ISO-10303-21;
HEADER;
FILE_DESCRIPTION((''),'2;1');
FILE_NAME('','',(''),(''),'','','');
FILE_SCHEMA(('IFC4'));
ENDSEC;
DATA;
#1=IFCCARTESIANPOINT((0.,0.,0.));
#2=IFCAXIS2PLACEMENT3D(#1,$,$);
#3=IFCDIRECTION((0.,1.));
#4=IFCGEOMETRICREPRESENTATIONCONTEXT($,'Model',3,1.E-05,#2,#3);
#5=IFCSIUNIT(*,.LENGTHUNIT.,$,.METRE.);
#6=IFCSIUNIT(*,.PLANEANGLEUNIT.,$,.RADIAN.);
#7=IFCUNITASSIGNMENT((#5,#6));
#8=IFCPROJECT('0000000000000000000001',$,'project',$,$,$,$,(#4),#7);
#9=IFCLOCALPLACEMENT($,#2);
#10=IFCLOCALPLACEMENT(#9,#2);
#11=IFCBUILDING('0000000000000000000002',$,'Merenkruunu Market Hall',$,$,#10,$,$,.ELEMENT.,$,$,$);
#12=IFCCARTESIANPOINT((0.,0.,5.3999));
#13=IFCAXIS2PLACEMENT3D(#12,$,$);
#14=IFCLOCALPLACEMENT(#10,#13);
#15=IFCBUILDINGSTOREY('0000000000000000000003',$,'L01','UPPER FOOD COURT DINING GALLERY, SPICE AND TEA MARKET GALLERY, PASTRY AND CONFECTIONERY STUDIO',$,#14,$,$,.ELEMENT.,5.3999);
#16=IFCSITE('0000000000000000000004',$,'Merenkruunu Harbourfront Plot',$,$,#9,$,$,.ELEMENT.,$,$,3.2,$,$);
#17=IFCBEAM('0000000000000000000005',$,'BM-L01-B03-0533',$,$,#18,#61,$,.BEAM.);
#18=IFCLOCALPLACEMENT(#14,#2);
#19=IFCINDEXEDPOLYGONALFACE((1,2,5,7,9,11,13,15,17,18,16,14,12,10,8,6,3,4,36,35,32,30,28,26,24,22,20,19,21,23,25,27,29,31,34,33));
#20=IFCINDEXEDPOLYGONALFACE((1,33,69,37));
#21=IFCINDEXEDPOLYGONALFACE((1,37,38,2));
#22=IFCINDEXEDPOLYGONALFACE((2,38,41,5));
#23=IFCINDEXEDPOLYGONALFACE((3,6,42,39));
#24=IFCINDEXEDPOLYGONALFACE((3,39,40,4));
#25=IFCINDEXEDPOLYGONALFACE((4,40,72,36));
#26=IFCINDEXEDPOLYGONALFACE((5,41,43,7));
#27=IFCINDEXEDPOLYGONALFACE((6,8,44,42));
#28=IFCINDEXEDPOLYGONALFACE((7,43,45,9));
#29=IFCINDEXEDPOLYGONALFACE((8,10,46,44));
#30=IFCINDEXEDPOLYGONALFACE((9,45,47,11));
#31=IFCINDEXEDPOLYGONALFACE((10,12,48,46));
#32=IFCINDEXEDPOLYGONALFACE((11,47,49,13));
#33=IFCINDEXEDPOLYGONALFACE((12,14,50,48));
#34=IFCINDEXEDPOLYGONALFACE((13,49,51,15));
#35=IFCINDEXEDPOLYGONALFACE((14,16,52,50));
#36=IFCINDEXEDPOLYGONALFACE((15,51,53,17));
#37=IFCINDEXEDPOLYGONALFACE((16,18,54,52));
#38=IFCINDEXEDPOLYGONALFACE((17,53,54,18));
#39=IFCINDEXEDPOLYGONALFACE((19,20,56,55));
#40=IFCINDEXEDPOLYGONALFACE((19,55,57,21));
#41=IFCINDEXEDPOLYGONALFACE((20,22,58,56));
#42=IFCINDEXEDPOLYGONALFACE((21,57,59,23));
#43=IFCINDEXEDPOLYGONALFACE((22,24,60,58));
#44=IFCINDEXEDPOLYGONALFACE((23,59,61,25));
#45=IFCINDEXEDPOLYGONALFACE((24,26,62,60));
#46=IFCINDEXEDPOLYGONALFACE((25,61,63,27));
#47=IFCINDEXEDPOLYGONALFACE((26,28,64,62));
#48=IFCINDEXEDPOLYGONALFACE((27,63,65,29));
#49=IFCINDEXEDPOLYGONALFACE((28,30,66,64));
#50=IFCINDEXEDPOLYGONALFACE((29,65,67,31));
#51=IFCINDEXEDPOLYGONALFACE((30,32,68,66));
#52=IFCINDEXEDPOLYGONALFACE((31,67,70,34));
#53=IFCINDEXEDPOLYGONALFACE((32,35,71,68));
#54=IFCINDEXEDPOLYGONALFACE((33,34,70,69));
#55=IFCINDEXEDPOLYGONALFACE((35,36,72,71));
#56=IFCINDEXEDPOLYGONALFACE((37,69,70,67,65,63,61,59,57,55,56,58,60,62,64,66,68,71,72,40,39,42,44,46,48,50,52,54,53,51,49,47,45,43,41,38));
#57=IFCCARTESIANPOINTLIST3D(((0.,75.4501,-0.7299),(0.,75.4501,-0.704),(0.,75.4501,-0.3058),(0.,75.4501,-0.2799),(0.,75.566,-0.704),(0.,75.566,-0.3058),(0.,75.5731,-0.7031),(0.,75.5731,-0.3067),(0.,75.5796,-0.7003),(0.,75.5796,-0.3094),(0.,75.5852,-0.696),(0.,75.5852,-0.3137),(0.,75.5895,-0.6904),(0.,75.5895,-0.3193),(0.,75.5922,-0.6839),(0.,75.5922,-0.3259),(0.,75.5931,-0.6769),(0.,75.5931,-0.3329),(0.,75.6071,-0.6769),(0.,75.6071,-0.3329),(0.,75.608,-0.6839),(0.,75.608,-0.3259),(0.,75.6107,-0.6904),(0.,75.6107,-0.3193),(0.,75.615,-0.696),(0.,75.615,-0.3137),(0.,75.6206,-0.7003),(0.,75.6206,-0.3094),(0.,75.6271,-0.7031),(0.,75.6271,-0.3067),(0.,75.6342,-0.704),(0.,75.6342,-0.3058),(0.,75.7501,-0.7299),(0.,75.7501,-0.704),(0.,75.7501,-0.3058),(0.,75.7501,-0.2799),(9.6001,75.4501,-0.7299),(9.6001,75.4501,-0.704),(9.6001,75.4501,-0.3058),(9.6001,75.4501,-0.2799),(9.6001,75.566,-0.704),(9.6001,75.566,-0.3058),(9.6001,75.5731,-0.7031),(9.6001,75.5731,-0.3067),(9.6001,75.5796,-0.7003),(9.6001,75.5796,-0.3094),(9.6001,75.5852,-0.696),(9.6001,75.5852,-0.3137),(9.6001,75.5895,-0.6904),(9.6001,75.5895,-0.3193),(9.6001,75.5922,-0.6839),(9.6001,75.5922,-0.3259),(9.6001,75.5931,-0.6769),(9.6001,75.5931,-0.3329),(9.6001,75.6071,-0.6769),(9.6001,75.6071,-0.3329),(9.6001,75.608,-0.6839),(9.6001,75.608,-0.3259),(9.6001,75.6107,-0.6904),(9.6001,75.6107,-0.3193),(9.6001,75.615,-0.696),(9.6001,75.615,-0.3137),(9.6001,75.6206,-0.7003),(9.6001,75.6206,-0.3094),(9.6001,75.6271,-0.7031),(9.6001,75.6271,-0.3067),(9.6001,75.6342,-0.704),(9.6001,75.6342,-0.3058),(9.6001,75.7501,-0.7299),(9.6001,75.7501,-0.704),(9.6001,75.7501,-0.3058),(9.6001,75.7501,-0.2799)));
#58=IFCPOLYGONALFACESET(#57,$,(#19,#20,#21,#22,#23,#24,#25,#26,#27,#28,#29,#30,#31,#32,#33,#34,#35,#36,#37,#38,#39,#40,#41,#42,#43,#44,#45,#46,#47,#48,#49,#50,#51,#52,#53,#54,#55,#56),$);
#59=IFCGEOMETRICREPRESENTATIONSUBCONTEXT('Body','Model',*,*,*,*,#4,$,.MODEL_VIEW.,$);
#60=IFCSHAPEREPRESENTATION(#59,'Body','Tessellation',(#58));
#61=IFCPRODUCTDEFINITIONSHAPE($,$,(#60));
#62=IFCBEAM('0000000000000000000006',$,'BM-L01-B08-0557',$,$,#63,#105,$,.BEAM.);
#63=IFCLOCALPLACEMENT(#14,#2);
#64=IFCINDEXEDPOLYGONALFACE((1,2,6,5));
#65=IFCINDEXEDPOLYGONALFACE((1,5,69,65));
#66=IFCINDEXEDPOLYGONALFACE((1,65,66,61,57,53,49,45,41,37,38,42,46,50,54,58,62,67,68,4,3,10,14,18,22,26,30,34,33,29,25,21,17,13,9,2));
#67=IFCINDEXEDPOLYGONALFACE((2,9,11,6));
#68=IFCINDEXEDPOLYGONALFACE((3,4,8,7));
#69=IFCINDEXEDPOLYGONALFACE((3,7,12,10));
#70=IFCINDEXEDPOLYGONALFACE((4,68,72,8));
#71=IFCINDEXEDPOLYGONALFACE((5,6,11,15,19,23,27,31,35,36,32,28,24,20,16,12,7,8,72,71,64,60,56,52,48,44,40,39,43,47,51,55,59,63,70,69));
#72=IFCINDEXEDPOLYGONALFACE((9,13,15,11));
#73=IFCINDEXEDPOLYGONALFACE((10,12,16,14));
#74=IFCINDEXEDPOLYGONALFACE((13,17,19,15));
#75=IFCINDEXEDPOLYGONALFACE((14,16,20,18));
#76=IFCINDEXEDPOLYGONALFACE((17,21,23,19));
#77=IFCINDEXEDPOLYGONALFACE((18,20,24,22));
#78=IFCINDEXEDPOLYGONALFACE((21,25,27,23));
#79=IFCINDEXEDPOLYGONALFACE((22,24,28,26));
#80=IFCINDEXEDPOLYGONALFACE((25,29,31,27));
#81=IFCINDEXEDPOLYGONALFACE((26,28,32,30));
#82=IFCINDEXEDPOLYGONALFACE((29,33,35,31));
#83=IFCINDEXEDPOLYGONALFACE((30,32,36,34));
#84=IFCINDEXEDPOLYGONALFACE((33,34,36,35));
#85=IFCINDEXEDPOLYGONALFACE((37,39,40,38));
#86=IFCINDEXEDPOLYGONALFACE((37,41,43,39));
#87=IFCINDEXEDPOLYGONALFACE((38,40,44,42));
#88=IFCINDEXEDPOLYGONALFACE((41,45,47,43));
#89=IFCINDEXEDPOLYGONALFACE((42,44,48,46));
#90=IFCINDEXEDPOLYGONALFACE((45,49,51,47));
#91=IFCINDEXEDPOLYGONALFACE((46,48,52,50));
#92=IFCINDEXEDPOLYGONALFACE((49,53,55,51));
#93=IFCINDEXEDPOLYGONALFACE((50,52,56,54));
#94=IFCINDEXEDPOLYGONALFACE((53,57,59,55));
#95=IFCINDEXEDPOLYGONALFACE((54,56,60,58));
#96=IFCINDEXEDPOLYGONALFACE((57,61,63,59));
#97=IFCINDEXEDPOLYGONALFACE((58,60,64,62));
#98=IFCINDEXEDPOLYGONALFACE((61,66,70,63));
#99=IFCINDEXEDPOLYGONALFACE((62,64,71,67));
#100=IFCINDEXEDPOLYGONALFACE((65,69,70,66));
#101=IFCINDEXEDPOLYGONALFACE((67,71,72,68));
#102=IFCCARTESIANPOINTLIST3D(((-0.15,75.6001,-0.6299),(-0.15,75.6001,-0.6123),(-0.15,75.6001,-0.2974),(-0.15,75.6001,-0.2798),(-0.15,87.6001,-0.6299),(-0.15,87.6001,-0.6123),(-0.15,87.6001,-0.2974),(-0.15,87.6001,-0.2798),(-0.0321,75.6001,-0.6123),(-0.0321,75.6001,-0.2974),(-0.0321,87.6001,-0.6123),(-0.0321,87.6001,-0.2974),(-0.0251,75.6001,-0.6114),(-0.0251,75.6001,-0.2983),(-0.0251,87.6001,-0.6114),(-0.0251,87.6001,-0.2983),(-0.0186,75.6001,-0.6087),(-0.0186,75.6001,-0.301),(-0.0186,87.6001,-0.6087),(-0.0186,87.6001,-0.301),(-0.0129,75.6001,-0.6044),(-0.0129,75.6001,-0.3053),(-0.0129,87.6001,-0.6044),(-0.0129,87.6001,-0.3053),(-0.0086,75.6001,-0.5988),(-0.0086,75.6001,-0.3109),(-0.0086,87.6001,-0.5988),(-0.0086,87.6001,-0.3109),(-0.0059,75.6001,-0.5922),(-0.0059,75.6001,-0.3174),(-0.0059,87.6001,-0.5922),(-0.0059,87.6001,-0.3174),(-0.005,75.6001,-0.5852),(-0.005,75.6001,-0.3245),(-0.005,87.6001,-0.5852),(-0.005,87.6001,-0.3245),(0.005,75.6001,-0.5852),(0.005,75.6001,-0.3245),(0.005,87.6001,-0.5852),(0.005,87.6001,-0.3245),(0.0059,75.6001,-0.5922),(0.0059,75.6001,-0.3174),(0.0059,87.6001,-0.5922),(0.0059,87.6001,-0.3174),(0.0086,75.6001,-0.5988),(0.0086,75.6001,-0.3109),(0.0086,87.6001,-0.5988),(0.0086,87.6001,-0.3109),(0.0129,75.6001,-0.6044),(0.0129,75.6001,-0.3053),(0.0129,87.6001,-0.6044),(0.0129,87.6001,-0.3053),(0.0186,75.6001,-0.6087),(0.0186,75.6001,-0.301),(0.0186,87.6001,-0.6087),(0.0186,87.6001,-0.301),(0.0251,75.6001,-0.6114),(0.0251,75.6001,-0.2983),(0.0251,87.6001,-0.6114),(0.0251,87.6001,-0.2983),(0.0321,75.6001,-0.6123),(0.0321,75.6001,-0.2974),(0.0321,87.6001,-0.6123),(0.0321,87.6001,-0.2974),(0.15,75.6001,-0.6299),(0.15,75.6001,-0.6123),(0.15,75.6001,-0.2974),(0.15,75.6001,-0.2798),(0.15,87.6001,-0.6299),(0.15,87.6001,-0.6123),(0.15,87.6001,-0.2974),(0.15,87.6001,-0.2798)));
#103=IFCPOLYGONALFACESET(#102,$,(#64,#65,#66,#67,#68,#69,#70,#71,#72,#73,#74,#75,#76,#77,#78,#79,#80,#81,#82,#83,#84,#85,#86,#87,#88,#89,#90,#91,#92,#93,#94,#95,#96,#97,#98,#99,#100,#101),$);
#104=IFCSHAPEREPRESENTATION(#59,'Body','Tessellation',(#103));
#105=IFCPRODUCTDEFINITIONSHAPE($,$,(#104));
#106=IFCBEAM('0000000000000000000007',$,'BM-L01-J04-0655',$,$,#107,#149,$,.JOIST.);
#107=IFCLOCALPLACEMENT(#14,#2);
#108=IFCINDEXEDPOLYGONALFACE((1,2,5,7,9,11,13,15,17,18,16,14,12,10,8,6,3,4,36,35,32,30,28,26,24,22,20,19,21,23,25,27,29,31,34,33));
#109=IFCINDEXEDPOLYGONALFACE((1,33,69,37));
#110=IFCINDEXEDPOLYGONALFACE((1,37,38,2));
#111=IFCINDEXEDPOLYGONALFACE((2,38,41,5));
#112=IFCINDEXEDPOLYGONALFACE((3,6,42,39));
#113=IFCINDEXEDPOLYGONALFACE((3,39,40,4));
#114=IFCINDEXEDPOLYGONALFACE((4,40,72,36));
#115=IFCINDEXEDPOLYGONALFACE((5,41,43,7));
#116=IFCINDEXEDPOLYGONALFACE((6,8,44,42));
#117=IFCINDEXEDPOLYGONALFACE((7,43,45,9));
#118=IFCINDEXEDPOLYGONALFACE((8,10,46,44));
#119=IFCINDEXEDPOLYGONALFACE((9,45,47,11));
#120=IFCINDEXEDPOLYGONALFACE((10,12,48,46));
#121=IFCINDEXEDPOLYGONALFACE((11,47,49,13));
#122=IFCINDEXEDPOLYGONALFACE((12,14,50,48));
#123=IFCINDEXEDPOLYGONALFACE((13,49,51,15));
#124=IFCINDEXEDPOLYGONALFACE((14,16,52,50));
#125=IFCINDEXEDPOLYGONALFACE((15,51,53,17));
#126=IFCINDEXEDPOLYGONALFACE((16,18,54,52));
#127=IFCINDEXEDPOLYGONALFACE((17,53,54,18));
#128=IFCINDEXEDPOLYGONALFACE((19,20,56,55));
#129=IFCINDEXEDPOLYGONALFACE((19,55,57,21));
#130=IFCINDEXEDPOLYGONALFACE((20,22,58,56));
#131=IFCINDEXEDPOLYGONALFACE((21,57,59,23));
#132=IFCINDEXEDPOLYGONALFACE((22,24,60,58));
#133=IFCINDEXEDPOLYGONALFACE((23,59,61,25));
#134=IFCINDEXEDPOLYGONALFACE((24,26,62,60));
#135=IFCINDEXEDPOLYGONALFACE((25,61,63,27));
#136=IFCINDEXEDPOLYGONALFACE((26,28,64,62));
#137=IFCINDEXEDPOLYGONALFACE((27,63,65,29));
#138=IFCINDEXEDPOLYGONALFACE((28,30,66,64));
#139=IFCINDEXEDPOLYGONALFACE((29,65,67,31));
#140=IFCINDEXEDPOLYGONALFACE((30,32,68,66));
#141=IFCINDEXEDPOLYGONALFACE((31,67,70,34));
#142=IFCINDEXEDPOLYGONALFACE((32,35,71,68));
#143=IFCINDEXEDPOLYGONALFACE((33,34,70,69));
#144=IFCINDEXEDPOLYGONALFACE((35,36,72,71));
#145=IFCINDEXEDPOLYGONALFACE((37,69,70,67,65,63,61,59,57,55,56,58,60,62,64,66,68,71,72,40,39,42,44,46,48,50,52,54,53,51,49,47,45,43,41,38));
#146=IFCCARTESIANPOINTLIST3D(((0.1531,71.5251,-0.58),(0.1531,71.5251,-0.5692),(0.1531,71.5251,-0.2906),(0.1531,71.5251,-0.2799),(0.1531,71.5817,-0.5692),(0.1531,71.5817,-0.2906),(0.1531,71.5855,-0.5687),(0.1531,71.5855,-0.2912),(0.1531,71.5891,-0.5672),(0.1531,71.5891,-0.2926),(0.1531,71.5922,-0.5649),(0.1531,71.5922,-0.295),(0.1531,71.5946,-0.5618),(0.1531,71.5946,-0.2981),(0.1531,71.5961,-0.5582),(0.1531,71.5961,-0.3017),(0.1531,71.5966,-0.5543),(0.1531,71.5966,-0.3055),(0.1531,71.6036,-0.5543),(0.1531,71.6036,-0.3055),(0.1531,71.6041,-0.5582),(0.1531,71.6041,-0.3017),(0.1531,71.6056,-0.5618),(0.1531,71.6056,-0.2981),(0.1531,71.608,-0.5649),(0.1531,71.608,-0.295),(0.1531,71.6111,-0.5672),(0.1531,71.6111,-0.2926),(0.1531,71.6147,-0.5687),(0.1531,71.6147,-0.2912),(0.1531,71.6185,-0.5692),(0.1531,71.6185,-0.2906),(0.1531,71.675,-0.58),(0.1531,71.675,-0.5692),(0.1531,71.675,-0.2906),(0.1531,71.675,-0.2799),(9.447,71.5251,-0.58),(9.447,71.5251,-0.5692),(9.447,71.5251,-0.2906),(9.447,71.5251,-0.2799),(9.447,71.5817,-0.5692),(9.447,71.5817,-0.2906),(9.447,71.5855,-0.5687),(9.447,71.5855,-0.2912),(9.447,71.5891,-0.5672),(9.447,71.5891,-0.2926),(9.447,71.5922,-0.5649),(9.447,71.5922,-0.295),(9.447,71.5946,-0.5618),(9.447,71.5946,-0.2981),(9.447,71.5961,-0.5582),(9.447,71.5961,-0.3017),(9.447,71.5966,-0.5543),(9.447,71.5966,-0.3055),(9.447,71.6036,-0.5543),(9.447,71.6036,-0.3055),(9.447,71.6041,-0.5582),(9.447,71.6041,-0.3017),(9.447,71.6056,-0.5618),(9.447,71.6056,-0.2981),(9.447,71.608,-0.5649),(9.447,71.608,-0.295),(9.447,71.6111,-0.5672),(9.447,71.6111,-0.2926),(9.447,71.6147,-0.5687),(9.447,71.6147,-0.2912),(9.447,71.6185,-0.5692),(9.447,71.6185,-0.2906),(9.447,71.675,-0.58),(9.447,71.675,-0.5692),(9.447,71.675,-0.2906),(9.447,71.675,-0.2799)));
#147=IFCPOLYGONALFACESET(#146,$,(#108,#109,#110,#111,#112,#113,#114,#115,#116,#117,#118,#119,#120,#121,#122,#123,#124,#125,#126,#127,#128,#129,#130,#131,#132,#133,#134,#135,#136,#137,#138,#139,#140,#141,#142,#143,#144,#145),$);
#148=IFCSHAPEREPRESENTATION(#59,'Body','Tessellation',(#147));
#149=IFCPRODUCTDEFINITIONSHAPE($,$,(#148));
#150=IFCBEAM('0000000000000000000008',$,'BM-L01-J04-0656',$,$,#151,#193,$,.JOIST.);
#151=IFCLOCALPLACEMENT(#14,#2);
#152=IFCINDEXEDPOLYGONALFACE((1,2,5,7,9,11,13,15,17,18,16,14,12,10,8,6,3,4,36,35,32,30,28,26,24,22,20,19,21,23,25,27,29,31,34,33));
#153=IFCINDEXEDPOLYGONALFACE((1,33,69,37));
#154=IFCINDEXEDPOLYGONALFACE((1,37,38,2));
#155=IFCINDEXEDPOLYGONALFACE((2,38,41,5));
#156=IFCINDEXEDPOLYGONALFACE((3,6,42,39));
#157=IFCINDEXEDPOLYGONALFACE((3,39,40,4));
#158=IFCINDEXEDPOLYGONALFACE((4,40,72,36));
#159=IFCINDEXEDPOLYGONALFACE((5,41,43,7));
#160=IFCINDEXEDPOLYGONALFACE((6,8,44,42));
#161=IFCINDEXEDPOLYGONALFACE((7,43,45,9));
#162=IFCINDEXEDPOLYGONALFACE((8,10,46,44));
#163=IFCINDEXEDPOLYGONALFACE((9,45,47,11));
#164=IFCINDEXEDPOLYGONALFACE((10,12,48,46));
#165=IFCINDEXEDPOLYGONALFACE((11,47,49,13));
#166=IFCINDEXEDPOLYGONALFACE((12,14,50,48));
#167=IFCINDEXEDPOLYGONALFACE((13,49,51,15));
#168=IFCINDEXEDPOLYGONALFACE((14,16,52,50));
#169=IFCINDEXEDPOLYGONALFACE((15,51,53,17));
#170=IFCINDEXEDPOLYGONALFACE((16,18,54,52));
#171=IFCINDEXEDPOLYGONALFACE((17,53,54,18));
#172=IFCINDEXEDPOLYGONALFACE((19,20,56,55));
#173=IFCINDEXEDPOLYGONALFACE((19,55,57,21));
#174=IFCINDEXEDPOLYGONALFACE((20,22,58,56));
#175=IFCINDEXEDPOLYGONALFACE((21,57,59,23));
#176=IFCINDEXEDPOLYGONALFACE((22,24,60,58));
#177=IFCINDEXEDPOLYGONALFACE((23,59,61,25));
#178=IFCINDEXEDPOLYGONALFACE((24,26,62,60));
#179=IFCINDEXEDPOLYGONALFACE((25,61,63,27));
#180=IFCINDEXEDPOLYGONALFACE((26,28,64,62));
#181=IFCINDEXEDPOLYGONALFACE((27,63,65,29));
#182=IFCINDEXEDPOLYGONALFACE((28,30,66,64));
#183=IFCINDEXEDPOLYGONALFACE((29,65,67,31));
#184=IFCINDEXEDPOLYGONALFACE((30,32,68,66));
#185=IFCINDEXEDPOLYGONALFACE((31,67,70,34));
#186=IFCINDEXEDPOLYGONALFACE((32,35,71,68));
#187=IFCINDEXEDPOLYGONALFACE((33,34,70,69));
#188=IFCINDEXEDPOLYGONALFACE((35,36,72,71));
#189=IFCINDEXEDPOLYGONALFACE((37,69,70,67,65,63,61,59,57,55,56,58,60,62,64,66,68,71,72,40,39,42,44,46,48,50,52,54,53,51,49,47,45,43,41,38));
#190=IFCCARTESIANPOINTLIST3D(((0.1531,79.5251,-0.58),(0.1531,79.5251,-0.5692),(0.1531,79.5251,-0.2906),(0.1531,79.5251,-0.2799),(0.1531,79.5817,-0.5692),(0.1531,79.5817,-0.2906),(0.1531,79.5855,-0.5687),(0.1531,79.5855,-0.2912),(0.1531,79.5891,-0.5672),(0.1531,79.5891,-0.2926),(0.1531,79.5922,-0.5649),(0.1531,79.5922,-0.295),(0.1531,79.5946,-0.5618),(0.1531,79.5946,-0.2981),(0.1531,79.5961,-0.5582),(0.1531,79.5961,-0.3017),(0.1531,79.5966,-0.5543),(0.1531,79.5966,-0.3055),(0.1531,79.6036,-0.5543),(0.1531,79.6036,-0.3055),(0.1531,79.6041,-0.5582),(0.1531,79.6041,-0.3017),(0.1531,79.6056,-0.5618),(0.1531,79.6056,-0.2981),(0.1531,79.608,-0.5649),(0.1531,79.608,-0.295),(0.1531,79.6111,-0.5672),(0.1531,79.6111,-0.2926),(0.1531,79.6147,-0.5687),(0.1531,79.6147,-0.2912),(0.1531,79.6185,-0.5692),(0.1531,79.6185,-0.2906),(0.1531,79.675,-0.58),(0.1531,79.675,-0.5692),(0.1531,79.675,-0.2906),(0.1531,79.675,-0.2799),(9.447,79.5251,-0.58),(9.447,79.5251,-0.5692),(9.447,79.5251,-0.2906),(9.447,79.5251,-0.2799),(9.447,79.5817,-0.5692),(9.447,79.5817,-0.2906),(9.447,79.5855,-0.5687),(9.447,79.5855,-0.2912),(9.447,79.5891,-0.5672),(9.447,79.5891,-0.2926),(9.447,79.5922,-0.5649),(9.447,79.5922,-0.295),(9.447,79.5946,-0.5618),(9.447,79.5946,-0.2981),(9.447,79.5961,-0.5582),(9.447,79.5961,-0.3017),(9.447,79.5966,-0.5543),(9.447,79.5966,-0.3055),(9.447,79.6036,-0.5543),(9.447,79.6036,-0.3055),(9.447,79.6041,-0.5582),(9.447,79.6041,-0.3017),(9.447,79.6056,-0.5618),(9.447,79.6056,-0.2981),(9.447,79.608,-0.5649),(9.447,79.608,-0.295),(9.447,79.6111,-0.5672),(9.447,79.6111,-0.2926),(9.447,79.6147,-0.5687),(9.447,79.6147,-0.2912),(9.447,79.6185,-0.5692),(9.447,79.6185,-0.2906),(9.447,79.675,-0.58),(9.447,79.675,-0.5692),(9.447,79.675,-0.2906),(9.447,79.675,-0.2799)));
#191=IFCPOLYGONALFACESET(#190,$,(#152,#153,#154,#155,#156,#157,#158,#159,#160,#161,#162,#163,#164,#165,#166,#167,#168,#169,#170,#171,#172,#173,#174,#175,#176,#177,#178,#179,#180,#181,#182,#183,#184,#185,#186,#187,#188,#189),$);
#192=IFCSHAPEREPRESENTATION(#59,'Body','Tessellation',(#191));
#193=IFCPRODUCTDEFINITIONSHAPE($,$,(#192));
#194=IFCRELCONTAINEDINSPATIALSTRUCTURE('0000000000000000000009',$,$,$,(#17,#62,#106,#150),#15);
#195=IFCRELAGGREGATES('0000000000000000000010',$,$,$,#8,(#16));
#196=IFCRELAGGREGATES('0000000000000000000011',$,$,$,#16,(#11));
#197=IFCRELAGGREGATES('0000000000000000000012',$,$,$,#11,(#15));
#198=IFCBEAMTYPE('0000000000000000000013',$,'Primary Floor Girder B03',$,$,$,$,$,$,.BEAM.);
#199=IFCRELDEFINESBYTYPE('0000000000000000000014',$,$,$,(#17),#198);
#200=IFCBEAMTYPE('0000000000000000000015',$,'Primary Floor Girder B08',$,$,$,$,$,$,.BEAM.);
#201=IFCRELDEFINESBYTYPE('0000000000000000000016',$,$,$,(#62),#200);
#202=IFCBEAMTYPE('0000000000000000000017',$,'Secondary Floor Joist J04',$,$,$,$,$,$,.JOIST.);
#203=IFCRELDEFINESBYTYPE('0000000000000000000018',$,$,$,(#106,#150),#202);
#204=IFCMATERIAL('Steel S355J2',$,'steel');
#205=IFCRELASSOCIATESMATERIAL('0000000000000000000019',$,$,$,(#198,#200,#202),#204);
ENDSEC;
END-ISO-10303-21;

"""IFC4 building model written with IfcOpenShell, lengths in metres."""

from ifc_helpers import new_model, si_unit, direction, frame, origin, origin_2d, place, context, subcontext, project, spatial, i_section, extrude, material, material_profile, profile_set, type_object, element, save


model = new_model("IFC4")

# Units and contexts
model_context = context("Model", 3, precision=1e-05, world=origin(), true_north=direction((0.0, 1.0)))
body_context = subcontext(model_context, "Body", "Model", "MODEL_VIEW")
ifc_project = project(units=[si_unit("LENGTHUNIT", "METRE"), si_unit("PLANEANGLEUNIT", "RADIAN")], contexts=[model_context])

# Site, building, storey
site_placement = place(None, origin())
site = spatial("IfcSite", under=ifc_project, at=site_placement, Name="Merenkruunu Harbourfront Plot", CompositionType="ELEMENT", RefElevation=3.2)
building_placement = place(site_placement, origin())
building = spatial("IfcBuilding", under=site, at=building_placement, Name="Merenkruunu Market Hall", CompositionType="ELEMENT")
storey_placement = place(building_placement, frame((0.0, 0.0, 5.3999)))
storey = spatial("IfcBuildingStorey", under=building, at=storey_placement, Name="L01", Description="UPPER FOOD COURT DINING GALLERY, SPICE AND TEA MARKET GALLERY, PASTRY AND CONFECTIONERY STUDIO", CompositionType="ELEMENT", Elevation=5.3999)

# Beams
ifc_material_1 = material(Name="Steel S355J2", Category="steel")
ifc_material_profile_1 = material_profile(ifc_material_1, i_section(OverallWidth=0.3, OverallDepth=0.45, WebThickness=0.0139, FlangeThickness=0.0259, FilletRadius=0.0271, at=origin_2d()), Name="HEB 450")
ifc_profile_set_1 = profile_set([ifc_material_profile_1], Name="Steel S355J2")
beam_type_1 = type_object("IfcBeamType", Name="Primary Floor Girder B03", PredefinedType="BEAM", material=ifc_profile_set_1)
beam_1_placement = place(storey_placement, frame((0.0, 75.6001, -0.5049), z_axis=(1.0, 0.0, 0.0), x_axis=(0.0, 1.0, 0.0)))
element("IfcBeam", 1, at=beam_1_placement, inside=storey, type_object=beam_type_1, Name="BM-L01-B03-0533", PredefinedType="BEAM", context=body_context, shape_type="SweptSolid", body=[
    extrude(i_section(OverallWidth=0.3, OverallDepth=0.45, WebThickness=0.0139, FlangeThickness=0.0259, FilletRadius=0.0271, at=origin_2d()), origin(), (0.0, 0.0, 1.0), 9.6001),
])
ifc_material_profile_2 = material_profile(ifc_material_1, i_section(OverallWidth=0.3, OverallDepth=0.3501, WebThickness=0.01, FlangeThickness=0.0176, FilletRadius=0.0271, at=origin_2d()), Name="HEA 360")
ifc_profile_set_2 = profile_set([ifc_material_profile_2], Name="Steel S355J2")
beam_type_2 = type_object("IfcBeamType", Name="Primary Floor Girder B08", PredefinedType="BEAM", material=ifc_profile_set_2)
beam_2_placement = place(storey_placement, frame((0.0, 75.6001, -0.4548), z_axis=(0.0, 1.0, 0.0), x_axis=(-1.0, 0.0, 0.0)))
element("IfcBeam", 2, at=beam_2_placement, inside=storey, type_object=beam_type_2, Name="BM-L01-B08-0557", PredefinedType="BEAM", context=body_context, shape_type="SweptSolid", body=[
    extrude(i_section(OverallWidth=0.3, OverallDepth=0.3501, WebThickness=0.01, FlangeThickness=0.0176, FilletRadius=0.0271, at=origin_2d()), origin(), (0.0, 0.0, 1.0), 12.0),
])
ifc_material_profile_3 = material_profile(ifc_material_1, i_section(OverallWidth=0.1499, OverallDepth=0.3, WebThickness=0.0071, FlangeThickness=0.0107, FilletRadius=0.0149, at=origin_2d()), Name="IPE 300")
ifc_profile_set_3 = profile_set([ifc_material_profile_3], Name="Steel S355J2")
beam_type_3 = type_object("IfcBeamType", Name="Secondary Floor Joist J04", PredefinedType="JOIST", material=ifc_profile_set_3)
for number, where, z_axis, x_axis, name in (
    (3, (0.1531, 71.6001, -0.4299), (1.0, 0.0, 0.0), (0.0, 1.0, 0.0), "BM-L01-J04-0655"),
    (4, (0.1531, 79.6001, -0.4299), (1.0, 0.0, 0.0), (0.0, 1.0, 0.0), "BM-L01-J04-0656"),
):
    element("IfcBeam", number, at=place(storey_placement, frame(where, z_axis=z_axis, x_axis=x_axis)), inside=storey, type_object=beam_type_3, Name=name, PredefinedType="JOIST", context=body_context, shape_type="SweptSolid", body=[
        extrude(i_section(OverallWidth=0.1499, OverallDepth=0.3, WebThickness=0.0071, FlangeThickness=0.0107, FilletRadius=0.0149, at=origin_2d()), origin(), (0.0, 0.0, 1.0), 9.2939),
    ])

save(model, "model.ifc")
